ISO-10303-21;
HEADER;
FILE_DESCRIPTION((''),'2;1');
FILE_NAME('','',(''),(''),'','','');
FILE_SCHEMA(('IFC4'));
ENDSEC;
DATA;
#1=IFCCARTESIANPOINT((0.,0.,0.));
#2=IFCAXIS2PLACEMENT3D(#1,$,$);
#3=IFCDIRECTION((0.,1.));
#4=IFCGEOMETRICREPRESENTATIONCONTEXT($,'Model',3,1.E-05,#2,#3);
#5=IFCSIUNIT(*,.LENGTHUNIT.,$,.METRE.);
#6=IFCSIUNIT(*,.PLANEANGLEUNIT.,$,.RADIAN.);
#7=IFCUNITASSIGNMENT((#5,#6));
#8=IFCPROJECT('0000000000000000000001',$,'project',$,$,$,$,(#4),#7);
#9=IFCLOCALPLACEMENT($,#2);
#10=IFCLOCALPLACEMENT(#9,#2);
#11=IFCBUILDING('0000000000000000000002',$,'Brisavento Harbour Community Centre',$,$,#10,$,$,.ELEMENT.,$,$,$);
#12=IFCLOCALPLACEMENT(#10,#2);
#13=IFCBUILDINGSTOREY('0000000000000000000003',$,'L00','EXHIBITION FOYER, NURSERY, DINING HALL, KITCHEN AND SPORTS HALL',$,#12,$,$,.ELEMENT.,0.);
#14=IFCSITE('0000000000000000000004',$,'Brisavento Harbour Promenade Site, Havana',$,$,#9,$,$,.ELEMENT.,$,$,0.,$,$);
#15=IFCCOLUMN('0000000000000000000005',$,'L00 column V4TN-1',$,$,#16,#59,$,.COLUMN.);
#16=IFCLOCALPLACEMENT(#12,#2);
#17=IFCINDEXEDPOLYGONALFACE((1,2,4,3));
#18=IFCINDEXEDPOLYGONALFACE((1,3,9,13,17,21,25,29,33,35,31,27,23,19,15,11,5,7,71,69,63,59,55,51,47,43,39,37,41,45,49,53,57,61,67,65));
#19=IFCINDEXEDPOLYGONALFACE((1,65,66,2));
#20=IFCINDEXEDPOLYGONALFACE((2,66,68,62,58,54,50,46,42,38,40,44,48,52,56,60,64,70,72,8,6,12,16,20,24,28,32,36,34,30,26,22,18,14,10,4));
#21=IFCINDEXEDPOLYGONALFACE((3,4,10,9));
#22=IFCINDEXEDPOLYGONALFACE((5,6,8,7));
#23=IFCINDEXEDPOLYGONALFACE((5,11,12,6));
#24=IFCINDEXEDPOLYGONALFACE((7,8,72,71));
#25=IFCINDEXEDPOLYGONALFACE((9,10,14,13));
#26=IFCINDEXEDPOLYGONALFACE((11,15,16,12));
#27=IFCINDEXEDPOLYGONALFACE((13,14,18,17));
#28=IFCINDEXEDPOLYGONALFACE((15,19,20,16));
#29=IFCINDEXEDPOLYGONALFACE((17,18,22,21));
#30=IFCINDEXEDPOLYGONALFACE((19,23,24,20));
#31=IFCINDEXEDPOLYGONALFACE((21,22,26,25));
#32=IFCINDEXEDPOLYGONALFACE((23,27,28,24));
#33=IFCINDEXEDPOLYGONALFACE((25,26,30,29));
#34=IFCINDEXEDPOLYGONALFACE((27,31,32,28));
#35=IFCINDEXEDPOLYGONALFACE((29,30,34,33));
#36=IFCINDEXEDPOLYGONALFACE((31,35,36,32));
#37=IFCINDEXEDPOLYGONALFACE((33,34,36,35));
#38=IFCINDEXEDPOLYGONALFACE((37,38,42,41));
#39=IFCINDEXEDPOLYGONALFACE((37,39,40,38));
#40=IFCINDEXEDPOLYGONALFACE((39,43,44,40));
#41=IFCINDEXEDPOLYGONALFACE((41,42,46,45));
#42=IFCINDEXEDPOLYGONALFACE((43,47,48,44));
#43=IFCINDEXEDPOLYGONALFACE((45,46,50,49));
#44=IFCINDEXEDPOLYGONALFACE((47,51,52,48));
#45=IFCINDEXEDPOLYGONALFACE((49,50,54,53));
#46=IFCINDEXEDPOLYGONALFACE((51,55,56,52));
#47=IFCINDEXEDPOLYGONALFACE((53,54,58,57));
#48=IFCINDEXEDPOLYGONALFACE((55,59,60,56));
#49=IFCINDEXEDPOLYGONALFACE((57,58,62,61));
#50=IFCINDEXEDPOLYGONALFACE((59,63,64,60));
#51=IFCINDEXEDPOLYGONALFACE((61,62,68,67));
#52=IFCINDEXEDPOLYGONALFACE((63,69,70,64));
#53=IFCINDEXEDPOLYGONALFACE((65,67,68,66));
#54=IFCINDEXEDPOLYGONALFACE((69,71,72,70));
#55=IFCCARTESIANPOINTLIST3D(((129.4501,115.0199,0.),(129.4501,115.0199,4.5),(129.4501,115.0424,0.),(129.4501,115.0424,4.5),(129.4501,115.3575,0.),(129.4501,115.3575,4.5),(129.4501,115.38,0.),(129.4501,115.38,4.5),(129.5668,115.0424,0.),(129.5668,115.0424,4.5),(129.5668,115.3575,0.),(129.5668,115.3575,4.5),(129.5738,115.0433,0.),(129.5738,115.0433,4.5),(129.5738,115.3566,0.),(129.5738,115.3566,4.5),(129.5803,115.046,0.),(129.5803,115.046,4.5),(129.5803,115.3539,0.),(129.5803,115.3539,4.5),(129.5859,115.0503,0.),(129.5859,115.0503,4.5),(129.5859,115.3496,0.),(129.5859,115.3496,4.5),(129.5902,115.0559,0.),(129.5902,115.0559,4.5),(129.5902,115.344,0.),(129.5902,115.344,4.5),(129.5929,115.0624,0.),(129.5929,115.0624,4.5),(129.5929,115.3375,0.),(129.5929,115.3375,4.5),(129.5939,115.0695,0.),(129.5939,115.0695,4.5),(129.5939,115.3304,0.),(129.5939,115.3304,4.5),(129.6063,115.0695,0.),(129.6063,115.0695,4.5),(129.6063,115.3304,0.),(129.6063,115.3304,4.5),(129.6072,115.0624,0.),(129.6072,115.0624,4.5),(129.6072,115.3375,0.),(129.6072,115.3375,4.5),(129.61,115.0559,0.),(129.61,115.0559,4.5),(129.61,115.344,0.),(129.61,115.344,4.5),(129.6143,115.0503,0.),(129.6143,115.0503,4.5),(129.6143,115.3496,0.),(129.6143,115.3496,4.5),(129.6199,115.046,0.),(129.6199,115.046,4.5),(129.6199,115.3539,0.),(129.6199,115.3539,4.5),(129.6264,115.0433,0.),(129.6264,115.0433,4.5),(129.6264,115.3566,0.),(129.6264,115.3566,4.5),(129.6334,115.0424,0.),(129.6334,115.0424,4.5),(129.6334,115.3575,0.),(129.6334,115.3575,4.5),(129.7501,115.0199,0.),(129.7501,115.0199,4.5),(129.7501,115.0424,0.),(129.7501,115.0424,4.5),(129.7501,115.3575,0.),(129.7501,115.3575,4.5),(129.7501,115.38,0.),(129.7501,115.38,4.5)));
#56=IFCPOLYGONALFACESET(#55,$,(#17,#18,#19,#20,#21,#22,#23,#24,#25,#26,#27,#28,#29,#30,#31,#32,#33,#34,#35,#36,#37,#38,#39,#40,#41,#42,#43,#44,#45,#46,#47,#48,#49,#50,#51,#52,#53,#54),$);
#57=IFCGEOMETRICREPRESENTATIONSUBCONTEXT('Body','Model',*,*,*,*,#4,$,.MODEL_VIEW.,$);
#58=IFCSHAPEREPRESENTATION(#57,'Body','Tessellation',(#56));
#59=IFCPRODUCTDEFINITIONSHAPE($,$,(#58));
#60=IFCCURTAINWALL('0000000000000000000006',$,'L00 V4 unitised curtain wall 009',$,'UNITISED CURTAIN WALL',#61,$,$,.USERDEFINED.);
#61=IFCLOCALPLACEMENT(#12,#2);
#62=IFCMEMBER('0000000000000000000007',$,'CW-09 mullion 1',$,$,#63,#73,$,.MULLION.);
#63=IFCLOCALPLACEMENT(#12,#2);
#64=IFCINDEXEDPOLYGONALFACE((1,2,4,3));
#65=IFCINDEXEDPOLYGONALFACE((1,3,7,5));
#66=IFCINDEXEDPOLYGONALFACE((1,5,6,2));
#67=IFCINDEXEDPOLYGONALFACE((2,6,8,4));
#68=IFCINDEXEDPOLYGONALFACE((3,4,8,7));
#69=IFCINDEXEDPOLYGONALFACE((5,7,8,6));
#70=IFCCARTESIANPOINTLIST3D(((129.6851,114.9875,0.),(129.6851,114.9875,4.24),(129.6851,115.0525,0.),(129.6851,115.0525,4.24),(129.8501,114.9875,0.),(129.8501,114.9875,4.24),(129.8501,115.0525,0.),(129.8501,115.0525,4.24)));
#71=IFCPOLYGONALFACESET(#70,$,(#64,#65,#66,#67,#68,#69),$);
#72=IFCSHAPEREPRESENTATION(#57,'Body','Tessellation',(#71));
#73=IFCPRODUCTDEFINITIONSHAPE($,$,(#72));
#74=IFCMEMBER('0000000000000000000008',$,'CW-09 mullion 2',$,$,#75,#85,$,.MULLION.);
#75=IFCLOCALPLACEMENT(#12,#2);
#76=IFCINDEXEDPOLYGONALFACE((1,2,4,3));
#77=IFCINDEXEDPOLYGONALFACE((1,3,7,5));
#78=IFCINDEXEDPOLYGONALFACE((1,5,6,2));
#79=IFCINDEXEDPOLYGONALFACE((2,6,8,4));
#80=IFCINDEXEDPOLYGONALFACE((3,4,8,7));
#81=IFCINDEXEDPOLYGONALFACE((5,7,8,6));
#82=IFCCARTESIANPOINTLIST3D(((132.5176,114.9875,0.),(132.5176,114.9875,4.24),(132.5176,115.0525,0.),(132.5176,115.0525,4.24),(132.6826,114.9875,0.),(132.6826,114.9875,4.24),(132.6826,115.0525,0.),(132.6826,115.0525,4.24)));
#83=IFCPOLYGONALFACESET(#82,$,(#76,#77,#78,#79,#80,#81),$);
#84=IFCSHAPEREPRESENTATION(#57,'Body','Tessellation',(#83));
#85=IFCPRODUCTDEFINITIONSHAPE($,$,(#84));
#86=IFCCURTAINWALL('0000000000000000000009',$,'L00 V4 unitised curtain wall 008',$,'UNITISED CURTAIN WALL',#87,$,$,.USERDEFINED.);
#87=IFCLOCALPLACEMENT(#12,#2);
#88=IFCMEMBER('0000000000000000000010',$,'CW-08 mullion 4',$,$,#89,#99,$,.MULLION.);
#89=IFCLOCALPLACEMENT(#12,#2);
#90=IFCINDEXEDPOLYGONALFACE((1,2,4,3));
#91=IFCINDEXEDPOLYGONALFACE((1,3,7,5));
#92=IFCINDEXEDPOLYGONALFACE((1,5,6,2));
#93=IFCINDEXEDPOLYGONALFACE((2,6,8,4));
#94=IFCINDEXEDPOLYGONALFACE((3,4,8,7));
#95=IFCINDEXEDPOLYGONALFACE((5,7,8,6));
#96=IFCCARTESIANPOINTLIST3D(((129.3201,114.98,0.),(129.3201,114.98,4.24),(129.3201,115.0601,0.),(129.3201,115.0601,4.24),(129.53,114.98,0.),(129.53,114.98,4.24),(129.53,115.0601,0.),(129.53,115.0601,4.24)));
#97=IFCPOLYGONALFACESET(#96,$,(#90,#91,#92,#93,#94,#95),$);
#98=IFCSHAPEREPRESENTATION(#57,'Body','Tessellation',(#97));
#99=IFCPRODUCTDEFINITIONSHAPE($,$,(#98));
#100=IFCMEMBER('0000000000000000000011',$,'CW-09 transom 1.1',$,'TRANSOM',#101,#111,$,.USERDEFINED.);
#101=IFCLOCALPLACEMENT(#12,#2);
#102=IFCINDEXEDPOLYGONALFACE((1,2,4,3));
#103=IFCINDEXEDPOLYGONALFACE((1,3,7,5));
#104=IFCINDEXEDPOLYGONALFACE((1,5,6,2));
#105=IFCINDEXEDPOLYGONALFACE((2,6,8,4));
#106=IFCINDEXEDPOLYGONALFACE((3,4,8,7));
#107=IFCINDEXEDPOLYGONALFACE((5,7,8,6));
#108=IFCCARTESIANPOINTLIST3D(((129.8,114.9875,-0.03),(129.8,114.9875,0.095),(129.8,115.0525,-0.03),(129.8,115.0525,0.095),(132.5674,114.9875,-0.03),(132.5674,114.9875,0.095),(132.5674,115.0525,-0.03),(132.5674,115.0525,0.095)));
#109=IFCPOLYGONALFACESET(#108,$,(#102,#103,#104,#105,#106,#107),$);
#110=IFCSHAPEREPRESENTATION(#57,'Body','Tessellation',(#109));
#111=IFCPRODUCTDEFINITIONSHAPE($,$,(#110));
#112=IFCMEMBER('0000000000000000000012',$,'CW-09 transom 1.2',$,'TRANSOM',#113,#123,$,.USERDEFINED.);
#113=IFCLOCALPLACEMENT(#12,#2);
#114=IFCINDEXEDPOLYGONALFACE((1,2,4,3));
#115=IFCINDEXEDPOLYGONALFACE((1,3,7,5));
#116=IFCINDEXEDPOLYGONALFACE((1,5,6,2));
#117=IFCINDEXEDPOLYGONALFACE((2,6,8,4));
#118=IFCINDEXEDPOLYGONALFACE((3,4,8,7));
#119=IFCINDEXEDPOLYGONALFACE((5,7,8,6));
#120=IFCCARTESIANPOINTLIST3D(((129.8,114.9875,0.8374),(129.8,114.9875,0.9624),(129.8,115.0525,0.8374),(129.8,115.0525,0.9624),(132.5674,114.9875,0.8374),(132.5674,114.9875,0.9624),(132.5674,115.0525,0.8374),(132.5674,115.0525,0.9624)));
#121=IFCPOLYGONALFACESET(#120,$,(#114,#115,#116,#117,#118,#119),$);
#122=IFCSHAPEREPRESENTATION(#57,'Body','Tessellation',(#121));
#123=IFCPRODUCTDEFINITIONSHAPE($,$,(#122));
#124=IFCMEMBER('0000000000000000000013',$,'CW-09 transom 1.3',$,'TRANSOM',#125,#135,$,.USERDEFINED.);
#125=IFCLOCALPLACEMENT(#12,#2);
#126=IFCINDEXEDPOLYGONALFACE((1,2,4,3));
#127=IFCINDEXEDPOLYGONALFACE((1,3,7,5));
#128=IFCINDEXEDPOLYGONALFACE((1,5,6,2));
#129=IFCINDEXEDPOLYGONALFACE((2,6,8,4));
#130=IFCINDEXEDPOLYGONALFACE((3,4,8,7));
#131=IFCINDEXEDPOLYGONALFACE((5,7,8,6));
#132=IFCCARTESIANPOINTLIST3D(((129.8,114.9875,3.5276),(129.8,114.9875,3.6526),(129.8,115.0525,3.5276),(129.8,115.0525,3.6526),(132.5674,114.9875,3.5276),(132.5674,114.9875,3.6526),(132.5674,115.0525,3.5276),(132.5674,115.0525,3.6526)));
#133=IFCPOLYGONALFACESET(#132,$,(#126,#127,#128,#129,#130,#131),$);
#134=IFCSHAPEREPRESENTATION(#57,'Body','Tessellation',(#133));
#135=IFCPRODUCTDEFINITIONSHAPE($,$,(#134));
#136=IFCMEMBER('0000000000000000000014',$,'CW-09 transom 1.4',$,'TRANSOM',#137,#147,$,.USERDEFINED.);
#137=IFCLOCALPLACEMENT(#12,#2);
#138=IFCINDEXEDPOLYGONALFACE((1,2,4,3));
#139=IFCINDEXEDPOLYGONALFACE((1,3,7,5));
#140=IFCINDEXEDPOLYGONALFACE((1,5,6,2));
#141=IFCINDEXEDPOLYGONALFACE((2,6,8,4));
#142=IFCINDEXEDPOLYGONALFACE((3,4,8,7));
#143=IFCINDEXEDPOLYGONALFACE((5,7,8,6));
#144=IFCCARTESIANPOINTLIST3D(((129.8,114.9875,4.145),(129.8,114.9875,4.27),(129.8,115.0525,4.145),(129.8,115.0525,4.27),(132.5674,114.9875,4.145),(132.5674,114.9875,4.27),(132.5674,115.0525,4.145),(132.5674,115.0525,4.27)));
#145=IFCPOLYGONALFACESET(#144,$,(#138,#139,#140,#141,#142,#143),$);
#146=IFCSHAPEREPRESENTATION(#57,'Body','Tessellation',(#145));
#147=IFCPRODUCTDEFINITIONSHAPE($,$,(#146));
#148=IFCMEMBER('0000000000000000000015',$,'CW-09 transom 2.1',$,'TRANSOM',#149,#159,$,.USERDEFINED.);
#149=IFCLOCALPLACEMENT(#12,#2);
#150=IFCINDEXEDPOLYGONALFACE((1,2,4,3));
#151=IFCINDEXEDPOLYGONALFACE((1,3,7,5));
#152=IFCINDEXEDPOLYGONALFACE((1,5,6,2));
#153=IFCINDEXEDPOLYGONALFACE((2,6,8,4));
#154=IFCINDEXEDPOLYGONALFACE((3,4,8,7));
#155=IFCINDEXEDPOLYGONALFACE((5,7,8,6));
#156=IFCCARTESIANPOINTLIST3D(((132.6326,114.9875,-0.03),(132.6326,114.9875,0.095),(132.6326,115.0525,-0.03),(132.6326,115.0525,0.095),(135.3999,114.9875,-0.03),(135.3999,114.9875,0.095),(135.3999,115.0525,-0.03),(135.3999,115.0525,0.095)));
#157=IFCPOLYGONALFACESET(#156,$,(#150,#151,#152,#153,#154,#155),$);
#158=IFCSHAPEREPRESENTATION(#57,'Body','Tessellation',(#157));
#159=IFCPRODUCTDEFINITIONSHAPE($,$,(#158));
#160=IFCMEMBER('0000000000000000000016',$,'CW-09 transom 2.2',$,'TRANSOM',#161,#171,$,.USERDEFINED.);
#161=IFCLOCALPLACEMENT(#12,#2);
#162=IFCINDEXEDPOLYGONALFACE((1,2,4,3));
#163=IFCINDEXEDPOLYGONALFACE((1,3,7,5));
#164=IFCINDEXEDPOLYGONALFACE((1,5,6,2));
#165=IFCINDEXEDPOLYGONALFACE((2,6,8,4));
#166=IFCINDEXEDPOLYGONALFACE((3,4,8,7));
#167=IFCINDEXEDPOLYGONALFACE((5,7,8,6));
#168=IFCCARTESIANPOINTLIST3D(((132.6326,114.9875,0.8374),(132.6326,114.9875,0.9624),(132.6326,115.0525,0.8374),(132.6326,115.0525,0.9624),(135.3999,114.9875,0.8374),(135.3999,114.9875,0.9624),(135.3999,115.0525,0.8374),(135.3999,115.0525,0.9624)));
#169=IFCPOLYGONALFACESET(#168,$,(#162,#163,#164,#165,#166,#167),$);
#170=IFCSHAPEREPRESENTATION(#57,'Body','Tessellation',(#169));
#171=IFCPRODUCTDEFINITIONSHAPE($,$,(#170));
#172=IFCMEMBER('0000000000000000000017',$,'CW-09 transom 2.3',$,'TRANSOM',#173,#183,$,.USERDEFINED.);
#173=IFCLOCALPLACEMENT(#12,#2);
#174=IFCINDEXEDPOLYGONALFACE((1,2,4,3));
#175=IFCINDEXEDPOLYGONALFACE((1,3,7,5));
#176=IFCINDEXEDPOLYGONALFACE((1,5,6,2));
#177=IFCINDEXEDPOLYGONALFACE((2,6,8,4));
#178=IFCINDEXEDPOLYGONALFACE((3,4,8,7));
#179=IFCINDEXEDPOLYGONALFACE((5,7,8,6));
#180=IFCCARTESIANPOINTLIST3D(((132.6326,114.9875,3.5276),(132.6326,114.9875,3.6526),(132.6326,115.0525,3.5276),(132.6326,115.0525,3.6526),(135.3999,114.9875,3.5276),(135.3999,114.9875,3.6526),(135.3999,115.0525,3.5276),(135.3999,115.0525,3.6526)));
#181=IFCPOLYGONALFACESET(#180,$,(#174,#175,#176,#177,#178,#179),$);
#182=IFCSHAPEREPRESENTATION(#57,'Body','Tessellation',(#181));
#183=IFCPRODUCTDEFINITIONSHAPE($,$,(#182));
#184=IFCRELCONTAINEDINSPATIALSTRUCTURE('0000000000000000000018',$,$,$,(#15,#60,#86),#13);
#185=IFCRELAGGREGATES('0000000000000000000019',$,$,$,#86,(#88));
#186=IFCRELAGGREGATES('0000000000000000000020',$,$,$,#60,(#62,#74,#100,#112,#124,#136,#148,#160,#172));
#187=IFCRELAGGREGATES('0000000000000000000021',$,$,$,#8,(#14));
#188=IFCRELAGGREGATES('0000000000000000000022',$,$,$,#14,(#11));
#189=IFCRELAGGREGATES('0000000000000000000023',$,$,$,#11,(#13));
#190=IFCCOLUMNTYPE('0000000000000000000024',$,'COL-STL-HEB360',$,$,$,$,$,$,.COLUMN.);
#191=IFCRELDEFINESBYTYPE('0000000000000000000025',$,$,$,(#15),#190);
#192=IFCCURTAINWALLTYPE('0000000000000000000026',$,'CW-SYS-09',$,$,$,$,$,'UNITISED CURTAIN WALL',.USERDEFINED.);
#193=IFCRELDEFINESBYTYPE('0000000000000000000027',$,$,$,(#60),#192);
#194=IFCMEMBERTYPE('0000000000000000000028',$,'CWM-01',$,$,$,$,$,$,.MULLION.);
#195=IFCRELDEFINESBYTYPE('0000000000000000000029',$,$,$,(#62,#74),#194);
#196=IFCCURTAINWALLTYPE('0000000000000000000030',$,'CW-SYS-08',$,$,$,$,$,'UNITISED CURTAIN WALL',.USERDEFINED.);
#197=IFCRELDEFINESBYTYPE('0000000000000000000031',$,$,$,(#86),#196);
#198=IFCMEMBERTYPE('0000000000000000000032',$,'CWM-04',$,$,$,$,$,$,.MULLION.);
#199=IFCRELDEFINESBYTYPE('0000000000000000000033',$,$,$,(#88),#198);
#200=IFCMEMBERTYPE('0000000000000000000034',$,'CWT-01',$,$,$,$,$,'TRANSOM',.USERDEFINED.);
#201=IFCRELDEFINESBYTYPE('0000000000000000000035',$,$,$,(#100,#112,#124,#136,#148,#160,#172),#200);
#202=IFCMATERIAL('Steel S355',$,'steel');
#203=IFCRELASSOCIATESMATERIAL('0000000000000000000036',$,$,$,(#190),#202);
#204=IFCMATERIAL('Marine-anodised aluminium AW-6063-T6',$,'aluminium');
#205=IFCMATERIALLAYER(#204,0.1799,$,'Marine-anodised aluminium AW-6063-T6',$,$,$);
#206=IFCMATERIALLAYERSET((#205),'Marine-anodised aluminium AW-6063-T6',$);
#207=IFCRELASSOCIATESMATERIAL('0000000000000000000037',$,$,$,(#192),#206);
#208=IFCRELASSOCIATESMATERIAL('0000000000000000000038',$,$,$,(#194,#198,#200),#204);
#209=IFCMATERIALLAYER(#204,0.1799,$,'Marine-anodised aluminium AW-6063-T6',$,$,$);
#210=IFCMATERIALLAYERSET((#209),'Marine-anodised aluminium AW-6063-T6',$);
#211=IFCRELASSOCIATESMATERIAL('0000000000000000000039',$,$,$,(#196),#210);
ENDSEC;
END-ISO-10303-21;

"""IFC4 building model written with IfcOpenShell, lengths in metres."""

from ifc_helpers import new_model, si_unit, direction, frame, origin, origin_2d, place, context, subcontext, project, spatial, rectangle, i_section, extrude, material, layer, layer_set, material_profile, profile_set, type_object, element, aggregate, save


model = new_model("IFC4")

# Units and contexts
model_context = context("Model", 3, precision=1e-05, world=origin(), true_north=direction((0.0, 1.0)))
body_context = subcontext(model_context, "Body", "Model", "MODEL_VIEW")
ifc_project = project(units=[si_unit("LENGTHUNIT", "METRE"), si_unit("PLANEANGLEUNIT", "RADIAN")], contexts=[model_context])

# Site, building, storey
site_placement = place(None, origin())
site = spatial("IfcSite", under=ifc_project, at=site_placement, Name="Brisavento Harbour Promenade Site, Havana", CompositionType="ELEMENT", RefElevation=0.0)
building_placement = place(site_placement, origin())
building = spatial("IfcBuilding", under=site, at=building_placement, Name="Brisavento Harbour Community Centre", CompositionType="ELEMENT")
storey_placement = place(building_placement, origin())
storey = spatial("IfcBuildingStorey", under=building, at=storey_placement, Name="L00", Description="EXHIBITION FOYER, NURSERY, DINING HALL, KITCHEN AND SPORTS HALL", CompositionType="ELEMENT", Elevation=0.0)

# Column
ifc_material_1 = material(Name="Steel S355", Category="steel")
ifc_material_profile_1 = material_profile(ifc_material_1, i_section(OverallWidth=0.3, OverallDepth=0.3601, WebThickness=0.0125, FlangeThickness=0.0225, FilletRadius=0.0271, at=origin_2d()), Name="Steel S355")
ifc_profile_set_1 = profile_set([ifc_material_profile_1], Name="Steel S355")
column_type = type_object("IfcColumnType", Name="COL-STL-HEB360", PredefinedType="COLUMN", material=ifc_profile_set_1)
column_placement = place(storey_placement, frame((129.6001, 115.2, 0.0), z_axis=(0.0, 0.0, 1.0), x_axis=(1.0, 0.0, 0.0)))
element("IfcColumn", 1, at=column_placement, inside=storey, type_object=column_type, Name="L00 column V4TN-1", PredefinedType="COLUMN", context=body_context, shape_type="SweptSolid", body=[
    extrude(i_section(OverallWidth=0.3, OverallDepth=0.3601, WebThickness=0.0125, FlangeThickness=0.0225, FilletRadius=0.0271, at=origin_2d()), origin(), (0.0, 0.0, 1.0), 4.5),
])

# Curtain wall, members
ifc_material_2 = material(Name="Marine-anodised aluminium AW-6063-T6", Category="aluminium")
ifc_layer_1 = layer(ifc_material_2, 0.1799, Name="Marine-anodised aluminium AW-6063-T6")
ifc_layer_set_1 = layer_set([ifc_layer_1], Name="Marine-anodised aluminium AW-6063-T6")
curtain_wall_type_1 = type_object("IfcCurtainWallType", Name="CW-SYS-09", ElementType="UNITISED CURTAIN WALL", PredefinedType="USERDEFINED", material=ifc_layer_set_1)
curtain_wall_1_placement = place(storey_placement, origin())
curtain_wall_1 = element("IfcCurtainWall", 2, at=curtain_wall_1_placement, inside=storey, type_object=curtain_wall_type_1, Name="L00 V4 unitised curtain wall 009", ObjectType="UNITISED CURTAIN WALL", PredefinedType="USERDEFINED")
ifc_material_profile_2 = material_profile(ifc_material_2, rectangle(XDim=0.0649, YDim=0.165, at=origin_2d()), Name="Marine-anodised aluminium AW-6063-T6")
ifc_profile_set_2 = profile_set([ifc_material_profile_2], Name="Marine-anodised aluminium AW-6063-T6")
member_type_1 = type_object("IfcMemberType", Name="CWM-01", PredefinedType="MULLION", material=ifc_profile_set_2)
member_1_placement = place(storey_placement, frame((129.7676, 115.02, 0.0), z_axis=(0.0, 0.0, 1.0), x_axis=(0.0, 1.0, 0.0)))
member_1 = element("IfcMember", 3, at=member_1_placement, type_object=member_type_1, Name="CW-09 mullion 1", PredefinedType="MULLION", context=body_context, shape_type="SweptSolid", body=[
    extrude(rectangle(XDim=0.0649, YDim=0.165, at=origin_2d()), origin(), (0.0, 0.0, 1.0), 4.24),
])
member_2_placement = place(storey_placement, frame((132.6001, 115.02, 0.0), z_axis=(0.0, 0.0, 1.0), x_axis=(0.0, 1.0, 0.0)))
member_2 = element("IfcMember", 4, at=member_2_placement, type_object=member_type_1, Name="CW-09 mullion 2", PredefinedType="MULLION", context=body_context, shape_type="SweptSolid", body=[
    extrude(rectangle(XDim=0.0649, YDim=0.165, at=origin_2d()), origin(), (0.0, 0.0, 1.0), 4.24),
])

# Curtain wall, member
ifc_layer_2 = layer(ifc_material_2, 0.1799, Name="Marine-anodised aluminium AW-6063-T6")
ifc_layer_set_2 = layer_set([ifc_layer_2], Name="Marine-anodised aluminium AW-6063-T6")
curtain_wall_type_2 = type_object("IfcCurtainWallType", Name="CW-SYS-08", ElementType="UNITISED CURTAIN WALL", PredefinedType="USERDEFINED", material=ifc_layer_set_2)
curtain_wall_2_placement = place(storey_placement, origin())
curtain_wall_2 = element("IfcCurtainWall", 5, at=curtain_wall_2_placement, inside=storey, type_object=curtain_wall_type_2, Name="L00 V4 unitised curtain wall 008", ObjectType="UNITISED CURTAIN WALL", PredefinedType="USERDEFINED")
ifc_material_profile_3 = material_profile(ifc_material_2, rectangle(XDim=0.0801, YDim=0.21, at=origin_2d()), Name="Marine-anodised aluminium AW-6063-T6")
ifc_profile_set_3 = profile_set([ifc_material_profile_3], Name="Marine-anodised aluminium AW-6063-T6")
member_type_2 = type_object("IfcMemberType", Name="CWM-04", PredefinedType="MULLION", material=ifc_profile_set_3)
member_3_placement = place(storey_placement, frame((129.425, 115.02, 0.0), z_axis=(0.0, 0.0, 1.0), x_axis=(0.0, 1.0, 0.0)))
member_3 = element("IfcMember", 6, at=member_3_placement, type_object=member_type_2, Name="CW-08 mullion 4", PredefinedType="MULLION", context=body_context, shape_type="SweptSolid", body=[
    extrude(rectangle(XDim=0.0801, YDim=0.21, at=origin_2d()), origin(), (0.0, 0.0, 1.0), 4.24),
])

# Members
ifc_material_profile_4 = material_profile(ifc_material_2, rectangle(XDim=0.0649, YDim=0.125, at=origin_2d()), Name="Marine-anodised aluminium AW-6063-T6")
ifc_profile_set_4 = profile_set([ifc_material_profile_4], Name="Marine-anodised aluminium AW-6063-T6")
member_type_3 = type_object("IfcMemberType", Name="CWT-01", ElementType="TRANSOM", PredefinedType="USERDEFINED", material=ifc_profile_set_4)
member_4_placement = place(storey_placement, frame((129.8, 115.02, 0.0325), z_axis=(1.0, 0.0, 0.0), x_axis=(0.0, 1.0, 0.0)))
member_4 = element("IfcMember", 7, at=member_4_placement, type_object=member_type_3, Name="CW-09 transom 1.1", ObjectType="TRANSOM", PredefinedType="USERDEFINED", context=body_context, shape_type="SweptSolid", body=[
    extrude(rectangle(XDim=0.0649, YDim=0.125, at=origin_2d()), origin(), (0.0, 0.0, 1.0), 2.7673),
])
member_5_placement = place(storey_placement, frame((129.8, 115.02, 0.8999), z_axis=(1.0, 0.0, 0.0), x_axis=(0.0, 1.0, 0.0)))
member_5 = element("IfcMember", 8, at=member_5_placement, type_object=member_type_3, Name="CW-09 transom 1.2", ObjectType="TRANSOM", PredefinedType="USERDEFINED", context=body_context, shape_type="SweptSolid", body=[
    extrude(rectangle(XDim=0.0649, YDim=0.125, at=origin_2d()), origin(), (0.0, 0.0, 1.0), 2.7673),
])
member_6_placement = place(storey_placement, frame((129.8, 115.02, 3.5901), z_axis=(1.0, 0.0, 0.0), x_axis=(0.0, 1.0, 0.0)))
member_6 = element("IfcMember", 9, at=member_6_placement, type_object=member_type_3, Name="CW-09 transom 1.3", ObjectType="TRANSOM", PredefinedType="USERDEFINED", context=body_context, shape_type="SweptSolid", body=[
    extrude(rectangle(XDim=0.0649, YDim=0.125, at=origin_2d()), origin(), (0.0, 0.0, 1.0), 2.7673),
])
member_7_placement = place(storey_placement, frame((129.8, 115.02, 4.2075), z_axis=(1.0, 0.0, 0.0), x_axis=(0.0, 1.0, 0.0)))
member_7 = element("IfcMember", 10, at=member_7_placement, type_object=member_type_3, Name="CW-09 transom 1.4", ObjectType="TRANSOM", PredefinedType="USERDEFINED", context=body_context, shape_type="SweptSolid", body=[
    extrude(rectangle(XDim=0.0649, YDim=0.125, at=origin_2d()), origin(), (0.0, 0.0, 1.0), 2.7673),
])
member_8_placement = place(storey_placement, frame((132.6326, 115.02, 0.0325), z_axis=(1.0, 0.0, 0.0), x_axis=(0.0, 1.0, 0.0)))
member_8 = element("IfcMember", 11, at=member_8_placement, type_object=member_type_3, Name="CW-09 transom 2.1", ObjectType="TRANSOM", PredefinedType="USERDEFINED", context=body_context, shape_type="SweptSolid", body=[
    extrude(rectangle(XDim=0.0649, YDim=0.125, at=origin_2d()), origin(), (0.0, 0.0, 1.0), 2.7673),
])
member_9_placement = place(storey_placement, frame((132.6326, 115.02, 0.8999), z_axis=(1.0, 0.0, 0.0), x_axis=(0.0, 1.0, 0.0)))
member_9 = element("IfcMember", 12, at=member_9_placement, type_object=member_type_3, Name="CW-09 transom 2.2", ObjectType="TRANSOM", PredefinedType="USERDEFINED", context=body_context, shape_type="SweptSolid", body=[
    extrude(rectangle(XDim=0.0649, YDim=0.125, at=origin_2d()), origin(), (0.0, 0.0, 1.0), 2.7673),
])
member_10_placement = place(storey_placement, frame((132.6326, 115.02, 3.5901), z_axis=(1.0, 0.0, 0.0), x_axis=(0.0, 1.0, 0.0)))
member_10 = element("IfcMember", 13, at=member_10_placement, type_object=member_type_3, Name="CW-09 transom 2.3", ObjectType="TRANSOM", PredefinedType="USERDEFINED", context=body_context, shape_type="SweptSolid", body=[
    extrude(rectangle(XDim=0.0649, YDim=0.125, at=origin_2d()), origin(), (0.0, 0.0, 1.0), 2.7673),
])

aggregate(curtain_wall_2, [member_3])
aggregate(curtain_wall_1, [member_1, member_2, member_4, member_5, member_6, member_7, member_8, member_9, member_10])

save(model, "model.ifc")
